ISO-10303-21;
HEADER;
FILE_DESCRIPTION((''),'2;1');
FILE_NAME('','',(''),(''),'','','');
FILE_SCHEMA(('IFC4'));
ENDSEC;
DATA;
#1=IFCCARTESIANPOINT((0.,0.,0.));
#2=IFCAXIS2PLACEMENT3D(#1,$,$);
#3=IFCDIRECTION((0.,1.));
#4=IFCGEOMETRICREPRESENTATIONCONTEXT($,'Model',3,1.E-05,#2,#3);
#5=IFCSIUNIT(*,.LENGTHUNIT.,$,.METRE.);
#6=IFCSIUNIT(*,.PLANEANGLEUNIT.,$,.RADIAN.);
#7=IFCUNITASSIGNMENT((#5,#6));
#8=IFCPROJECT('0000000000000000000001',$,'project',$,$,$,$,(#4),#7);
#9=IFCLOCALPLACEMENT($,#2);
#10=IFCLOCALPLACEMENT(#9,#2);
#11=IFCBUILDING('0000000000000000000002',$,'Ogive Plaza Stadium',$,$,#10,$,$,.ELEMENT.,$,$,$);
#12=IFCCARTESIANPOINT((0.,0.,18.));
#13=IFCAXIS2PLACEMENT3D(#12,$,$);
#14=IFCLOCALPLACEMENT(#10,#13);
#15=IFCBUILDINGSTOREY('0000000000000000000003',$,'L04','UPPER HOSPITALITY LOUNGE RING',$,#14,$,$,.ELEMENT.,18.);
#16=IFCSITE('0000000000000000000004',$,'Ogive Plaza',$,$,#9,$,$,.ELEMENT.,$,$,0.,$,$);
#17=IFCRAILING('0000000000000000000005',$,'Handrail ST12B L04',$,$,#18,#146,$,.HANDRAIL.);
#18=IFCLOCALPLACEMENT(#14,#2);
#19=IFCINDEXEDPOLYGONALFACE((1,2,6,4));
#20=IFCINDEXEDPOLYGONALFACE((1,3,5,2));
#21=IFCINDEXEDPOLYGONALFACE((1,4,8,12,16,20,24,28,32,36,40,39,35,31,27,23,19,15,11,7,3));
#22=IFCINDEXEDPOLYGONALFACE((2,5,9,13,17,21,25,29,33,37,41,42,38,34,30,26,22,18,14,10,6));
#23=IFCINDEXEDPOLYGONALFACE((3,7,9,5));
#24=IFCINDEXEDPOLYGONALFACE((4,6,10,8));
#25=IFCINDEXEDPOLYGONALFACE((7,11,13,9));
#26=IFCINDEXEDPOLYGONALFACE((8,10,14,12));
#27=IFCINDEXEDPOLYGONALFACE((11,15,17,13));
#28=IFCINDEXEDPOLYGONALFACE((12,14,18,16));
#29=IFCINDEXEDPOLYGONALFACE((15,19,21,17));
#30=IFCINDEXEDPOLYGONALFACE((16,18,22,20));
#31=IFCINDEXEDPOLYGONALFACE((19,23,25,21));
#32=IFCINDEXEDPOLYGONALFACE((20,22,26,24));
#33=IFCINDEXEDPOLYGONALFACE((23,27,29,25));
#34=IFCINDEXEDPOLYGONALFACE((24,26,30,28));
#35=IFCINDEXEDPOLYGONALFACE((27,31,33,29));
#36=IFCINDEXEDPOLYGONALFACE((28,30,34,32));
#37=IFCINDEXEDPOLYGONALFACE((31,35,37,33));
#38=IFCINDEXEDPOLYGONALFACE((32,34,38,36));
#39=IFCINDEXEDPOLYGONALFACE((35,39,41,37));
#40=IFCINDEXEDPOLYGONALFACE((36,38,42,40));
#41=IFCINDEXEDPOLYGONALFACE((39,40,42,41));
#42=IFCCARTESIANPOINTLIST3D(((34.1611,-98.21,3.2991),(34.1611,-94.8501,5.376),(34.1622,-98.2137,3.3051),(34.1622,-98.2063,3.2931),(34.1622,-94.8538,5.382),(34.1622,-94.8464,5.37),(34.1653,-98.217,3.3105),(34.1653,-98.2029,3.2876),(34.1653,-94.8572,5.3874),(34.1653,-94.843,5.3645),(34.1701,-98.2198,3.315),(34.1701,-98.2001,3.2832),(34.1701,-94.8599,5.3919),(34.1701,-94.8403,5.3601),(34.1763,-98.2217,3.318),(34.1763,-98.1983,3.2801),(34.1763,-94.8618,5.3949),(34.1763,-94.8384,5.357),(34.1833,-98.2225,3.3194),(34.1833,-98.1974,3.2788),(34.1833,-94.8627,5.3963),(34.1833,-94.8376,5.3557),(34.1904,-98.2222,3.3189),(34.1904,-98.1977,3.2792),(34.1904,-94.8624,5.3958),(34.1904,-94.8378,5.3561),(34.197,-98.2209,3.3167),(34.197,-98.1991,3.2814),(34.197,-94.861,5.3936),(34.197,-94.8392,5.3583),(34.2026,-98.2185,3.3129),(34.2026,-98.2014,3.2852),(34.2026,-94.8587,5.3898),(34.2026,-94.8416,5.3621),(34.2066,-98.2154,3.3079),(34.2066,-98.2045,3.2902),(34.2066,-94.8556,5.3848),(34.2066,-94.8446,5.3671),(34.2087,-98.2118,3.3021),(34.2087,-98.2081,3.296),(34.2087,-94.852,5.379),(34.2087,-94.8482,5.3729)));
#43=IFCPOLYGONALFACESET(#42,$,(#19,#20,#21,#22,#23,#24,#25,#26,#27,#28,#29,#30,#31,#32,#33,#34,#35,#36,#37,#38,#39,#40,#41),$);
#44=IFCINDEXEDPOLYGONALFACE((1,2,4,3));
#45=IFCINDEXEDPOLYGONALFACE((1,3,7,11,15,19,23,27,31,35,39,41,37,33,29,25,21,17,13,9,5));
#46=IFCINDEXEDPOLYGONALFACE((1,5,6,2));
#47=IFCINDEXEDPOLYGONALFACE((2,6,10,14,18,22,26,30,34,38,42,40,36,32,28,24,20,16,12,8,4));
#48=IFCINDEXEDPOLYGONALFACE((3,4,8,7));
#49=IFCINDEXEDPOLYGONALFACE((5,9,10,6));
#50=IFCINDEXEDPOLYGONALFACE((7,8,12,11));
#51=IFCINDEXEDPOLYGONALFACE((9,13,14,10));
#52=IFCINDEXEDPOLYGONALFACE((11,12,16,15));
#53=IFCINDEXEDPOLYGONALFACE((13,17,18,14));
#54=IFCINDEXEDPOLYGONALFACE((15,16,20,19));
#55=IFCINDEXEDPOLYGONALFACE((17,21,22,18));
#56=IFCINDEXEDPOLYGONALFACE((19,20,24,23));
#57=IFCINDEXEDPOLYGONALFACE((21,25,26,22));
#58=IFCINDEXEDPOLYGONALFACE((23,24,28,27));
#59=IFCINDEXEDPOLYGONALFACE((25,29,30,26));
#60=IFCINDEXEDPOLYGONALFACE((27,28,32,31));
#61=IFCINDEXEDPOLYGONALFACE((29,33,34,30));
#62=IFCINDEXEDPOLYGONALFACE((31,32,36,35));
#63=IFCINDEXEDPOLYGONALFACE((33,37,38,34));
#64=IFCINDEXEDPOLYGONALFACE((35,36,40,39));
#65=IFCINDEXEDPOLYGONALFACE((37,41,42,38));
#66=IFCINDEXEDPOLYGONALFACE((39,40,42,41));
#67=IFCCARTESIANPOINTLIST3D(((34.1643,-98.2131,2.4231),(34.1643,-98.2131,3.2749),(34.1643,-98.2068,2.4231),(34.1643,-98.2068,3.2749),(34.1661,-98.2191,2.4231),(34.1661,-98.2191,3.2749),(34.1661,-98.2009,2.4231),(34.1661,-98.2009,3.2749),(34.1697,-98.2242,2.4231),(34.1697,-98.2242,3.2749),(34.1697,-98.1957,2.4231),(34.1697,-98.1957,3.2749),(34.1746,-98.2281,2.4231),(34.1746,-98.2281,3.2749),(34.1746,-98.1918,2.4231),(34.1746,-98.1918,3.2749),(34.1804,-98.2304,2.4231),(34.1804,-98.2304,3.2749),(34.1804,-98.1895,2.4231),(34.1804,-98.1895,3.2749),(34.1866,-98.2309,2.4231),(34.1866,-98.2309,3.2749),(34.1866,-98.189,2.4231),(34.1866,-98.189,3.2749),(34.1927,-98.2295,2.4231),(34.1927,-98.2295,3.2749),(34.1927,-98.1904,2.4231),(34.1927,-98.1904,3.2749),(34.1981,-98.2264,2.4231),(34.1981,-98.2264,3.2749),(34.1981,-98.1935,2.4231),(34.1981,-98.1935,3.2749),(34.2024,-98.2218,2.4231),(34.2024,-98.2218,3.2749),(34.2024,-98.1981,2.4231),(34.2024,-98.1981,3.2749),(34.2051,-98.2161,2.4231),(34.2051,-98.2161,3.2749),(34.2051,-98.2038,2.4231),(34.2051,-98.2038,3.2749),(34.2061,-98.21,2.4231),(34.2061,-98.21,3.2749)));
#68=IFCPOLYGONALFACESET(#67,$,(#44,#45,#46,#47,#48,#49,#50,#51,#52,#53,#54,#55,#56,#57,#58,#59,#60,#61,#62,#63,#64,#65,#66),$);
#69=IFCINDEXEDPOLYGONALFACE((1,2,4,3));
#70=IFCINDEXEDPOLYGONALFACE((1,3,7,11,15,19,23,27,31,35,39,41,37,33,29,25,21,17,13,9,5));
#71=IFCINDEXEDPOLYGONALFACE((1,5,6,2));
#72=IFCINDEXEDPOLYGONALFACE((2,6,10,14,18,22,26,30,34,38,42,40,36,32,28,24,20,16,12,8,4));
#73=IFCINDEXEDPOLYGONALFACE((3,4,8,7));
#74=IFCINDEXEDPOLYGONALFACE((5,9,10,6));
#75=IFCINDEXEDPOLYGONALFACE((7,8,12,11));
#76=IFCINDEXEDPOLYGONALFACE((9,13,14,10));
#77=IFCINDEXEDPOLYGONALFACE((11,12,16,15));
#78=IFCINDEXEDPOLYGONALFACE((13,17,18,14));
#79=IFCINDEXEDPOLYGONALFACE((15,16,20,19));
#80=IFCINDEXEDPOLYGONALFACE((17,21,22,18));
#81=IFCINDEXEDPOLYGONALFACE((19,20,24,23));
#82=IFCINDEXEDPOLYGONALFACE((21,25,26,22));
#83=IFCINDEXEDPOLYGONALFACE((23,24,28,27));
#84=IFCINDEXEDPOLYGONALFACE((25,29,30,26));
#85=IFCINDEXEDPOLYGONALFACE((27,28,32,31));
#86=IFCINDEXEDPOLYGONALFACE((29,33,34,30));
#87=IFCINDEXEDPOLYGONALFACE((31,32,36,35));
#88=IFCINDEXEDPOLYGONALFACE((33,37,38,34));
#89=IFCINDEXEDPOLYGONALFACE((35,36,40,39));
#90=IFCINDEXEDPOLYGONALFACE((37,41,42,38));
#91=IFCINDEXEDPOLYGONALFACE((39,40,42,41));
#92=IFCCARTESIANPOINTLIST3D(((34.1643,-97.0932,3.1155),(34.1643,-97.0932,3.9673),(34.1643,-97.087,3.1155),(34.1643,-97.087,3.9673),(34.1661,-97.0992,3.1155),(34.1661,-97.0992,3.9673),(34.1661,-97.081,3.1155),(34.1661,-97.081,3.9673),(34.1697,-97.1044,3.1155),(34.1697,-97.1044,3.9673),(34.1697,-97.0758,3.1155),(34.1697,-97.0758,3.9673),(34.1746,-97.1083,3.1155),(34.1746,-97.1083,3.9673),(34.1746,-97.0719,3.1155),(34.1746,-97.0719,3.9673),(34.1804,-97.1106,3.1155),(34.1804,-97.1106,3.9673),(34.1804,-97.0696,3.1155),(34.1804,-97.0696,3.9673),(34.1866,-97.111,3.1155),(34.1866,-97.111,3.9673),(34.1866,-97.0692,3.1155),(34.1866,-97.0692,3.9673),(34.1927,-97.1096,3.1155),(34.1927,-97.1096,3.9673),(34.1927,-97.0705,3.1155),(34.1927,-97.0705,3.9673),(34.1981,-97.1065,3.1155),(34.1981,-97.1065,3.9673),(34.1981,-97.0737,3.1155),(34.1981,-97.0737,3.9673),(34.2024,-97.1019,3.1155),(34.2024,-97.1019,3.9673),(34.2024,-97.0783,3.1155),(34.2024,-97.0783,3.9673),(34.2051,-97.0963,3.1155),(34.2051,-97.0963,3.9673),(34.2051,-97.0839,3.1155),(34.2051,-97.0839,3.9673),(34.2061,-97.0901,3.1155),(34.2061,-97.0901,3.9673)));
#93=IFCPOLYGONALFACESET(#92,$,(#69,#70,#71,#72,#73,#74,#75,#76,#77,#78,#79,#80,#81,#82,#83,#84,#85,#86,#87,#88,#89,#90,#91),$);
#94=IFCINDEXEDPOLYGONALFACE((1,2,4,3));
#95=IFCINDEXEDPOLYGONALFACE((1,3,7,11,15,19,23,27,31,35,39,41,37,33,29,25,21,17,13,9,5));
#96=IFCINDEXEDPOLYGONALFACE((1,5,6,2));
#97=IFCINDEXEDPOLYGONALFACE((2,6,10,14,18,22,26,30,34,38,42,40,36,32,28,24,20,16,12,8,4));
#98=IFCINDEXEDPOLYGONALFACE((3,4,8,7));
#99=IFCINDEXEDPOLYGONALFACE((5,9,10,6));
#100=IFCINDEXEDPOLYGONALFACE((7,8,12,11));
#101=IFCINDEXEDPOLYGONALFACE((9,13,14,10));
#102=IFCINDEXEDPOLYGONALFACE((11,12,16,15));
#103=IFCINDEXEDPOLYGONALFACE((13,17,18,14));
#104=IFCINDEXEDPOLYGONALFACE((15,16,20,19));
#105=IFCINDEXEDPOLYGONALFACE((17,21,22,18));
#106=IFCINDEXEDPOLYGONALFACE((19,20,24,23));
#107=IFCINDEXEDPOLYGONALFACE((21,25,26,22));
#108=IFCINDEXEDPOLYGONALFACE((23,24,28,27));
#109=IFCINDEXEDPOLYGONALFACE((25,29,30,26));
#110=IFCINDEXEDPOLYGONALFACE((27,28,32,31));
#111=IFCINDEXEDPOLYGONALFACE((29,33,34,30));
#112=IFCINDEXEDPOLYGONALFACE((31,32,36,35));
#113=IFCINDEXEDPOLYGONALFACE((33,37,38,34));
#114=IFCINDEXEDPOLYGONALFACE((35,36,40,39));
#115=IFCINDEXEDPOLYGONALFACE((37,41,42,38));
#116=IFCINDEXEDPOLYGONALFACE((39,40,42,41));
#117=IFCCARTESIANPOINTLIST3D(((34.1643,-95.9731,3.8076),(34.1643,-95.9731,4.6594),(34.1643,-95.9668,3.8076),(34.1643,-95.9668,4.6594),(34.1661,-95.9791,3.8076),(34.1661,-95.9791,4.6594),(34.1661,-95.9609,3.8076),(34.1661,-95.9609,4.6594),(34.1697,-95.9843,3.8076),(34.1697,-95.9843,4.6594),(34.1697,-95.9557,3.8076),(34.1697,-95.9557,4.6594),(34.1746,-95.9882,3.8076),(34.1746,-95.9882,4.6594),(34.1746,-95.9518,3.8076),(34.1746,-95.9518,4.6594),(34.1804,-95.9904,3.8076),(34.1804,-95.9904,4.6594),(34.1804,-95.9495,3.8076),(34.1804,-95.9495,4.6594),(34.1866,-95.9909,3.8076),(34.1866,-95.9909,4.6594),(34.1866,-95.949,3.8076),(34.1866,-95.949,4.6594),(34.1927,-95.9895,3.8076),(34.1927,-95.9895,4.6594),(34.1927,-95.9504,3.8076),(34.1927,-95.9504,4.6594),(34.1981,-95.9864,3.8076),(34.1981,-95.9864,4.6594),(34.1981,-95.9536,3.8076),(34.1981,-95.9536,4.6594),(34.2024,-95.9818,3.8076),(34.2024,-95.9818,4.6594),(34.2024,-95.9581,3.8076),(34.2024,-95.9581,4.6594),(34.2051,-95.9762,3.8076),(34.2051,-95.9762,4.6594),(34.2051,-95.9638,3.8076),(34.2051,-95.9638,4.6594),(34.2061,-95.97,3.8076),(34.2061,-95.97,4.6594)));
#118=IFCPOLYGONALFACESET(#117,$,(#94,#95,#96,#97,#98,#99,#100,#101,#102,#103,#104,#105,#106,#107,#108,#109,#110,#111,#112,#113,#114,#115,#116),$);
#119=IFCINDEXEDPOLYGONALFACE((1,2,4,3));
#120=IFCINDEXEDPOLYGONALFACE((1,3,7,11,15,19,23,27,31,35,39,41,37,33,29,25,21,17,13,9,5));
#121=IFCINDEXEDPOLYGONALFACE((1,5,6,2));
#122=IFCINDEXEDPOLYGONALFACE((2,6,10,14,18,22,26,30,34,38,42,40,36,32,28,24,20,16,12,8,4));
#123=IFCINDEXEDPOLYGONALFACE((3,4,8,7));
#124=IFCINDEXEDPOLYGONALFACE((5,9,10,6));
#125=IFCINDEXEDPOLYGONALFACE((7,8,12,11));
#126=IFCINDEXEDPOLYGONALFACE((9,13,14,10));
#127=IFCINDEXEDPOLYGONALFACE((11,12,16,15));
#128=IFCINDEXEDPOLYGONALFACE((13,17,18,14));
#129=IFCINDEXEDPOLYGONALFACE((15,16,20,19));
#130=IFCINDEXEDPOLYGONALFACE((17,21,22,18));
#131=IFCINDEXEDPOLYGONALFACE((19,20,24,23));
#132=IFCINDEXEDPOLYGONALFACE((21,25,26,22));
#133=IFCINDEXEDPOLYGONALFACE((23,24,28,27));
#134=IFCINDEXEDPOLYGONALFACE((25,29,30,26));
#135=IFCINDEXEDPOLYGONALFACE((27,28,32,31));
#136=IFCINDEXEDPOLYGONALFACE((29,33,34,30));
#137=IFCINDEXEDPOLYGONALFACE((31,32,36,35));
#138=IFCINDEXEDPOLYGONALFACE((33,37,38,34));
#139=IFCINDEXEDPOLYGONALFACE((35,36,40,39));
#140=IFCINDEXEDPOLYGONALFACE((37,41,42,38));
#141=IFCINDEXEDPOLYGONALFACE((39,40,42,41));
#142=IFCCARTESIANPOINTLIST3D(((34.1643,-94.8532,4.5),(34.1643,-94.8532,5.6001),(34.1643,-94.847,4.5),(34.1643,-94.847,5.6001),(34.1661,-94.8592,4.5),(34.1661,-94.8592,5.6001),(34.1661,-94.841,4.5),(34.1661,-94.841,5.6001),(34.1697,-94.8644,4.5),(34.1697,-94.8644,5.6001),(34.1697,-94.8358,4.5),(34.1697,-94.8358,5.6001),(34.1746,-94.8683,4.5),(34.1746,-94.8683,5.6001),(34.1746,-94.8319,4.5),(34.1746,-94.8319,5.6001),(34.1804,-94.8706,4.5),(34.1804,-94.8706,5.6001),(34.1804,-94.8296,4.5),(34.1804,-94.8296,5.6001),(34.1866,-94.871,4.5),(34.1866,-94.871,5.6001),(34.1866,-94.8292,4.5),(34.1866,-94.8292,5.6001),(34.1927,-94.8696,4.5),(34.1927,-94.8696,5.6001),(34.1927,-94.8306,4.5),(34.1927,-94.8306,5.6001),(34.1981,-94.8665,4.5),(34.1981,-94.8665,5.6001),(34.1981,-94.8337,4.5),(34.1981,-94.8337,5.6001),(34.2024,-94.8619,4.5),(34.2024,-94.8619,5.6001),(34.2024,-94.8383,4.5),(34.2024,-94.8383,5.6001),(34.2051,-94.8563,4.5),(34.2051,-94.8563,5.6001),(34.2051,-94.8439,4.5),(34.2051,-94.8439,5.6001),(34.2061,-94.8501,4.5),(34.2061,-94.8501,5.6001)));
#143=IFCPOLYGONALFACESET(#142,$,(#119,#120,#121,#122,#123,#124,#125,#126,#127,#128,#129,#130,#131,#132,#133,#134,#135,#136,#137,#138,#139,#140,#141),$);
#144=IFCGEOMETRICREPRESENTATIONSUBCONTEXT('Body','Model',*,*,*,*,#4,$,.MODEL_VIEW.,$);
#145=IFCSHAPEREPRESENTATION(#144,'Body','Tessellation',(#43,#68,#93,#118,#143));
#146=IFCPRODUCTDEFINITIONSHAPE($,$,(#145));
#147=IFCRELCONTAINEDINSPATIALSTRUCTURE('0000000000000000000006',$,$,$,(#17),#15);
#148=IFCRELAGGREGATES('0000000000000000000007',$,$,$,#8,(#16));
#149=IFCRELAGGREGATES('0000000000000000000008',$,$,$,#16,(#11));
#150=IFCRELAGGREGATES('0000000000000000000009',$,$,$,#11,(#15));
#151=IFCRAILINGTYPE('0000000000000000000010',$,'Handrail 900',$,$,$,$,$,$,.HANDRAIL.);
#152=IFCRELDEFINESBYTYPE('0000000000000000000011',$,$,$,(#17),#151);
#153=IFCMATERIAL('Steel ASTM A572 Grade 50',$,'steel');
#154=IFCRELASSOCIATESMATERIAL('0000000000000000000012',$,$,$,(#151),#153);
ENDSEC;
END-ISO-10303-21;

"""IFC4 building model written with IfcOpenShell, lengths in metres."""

from ifc_helpers import new_model, si_unit, direction, frame, origin, origin_2d, place, context, subcontext, project, spatial, circle, extrude, material, type_object, element, save


model = new_model("IFC4")

# Units and contexts
model_context = context("Model", 3, precision=1e-05, world=origin(), true_north=direction((0.0, 1.0)))
body_context = subcontext(model_context, "Body", "Model", "MODEL_VIEW")
ifc_project = project(units=[si_unit("LENGTHUNIT", "METRE"), si_unit("PLANEANGLEUNIT", "RADIAN")], contexts=[model_context])

# Site, building, storey
site_placement = place(None, origin())
site = spatial("IfcSite", under=ifc_project, at=site_placement, Name="Ogive Plaza", CompositionType="ELEMENT", RefElevation=0.0)
building_placement = place(site_placement, origin())
building = spatial("IfcBuilding", under=site, at=building_placement, Name="Ogive Plaza Stadium", CompositionType="ELEMENT")
storey_placement = place(building_placement, frame((0.0, 0.0, 18.0)))
storey = spatial("IfcBuildingStorey", under=building, at=storey_placement, Name="L04", Description="UPPER HOSPITALITY LOUNGE RING", CompositionType="ELEMENT", Elevation=18.0)

# Railing
ifc_material_1 = material(Name="Steel ASTM A572 Grade 50", Category="steel")
railing_type_1 = type_object("IfcRailingType", Name="Handrail 900", PredefinedType="HANDRAIL", material=ifc_material_1)
for number, where, name in (
    (1, (34.1851, -98.21, 2.4231), "Handrail ST12B L04"),
):
    element("IfcRailing", number, at=place(storey_placement, frame(where)), inside=storey, type_object=railing_type_1, Name=name, PredefinedType="HANDRAIL", context=body_context, shape_type="SweptSolid", body=[
        extrude(circle(Radius=0.0239, at=origin_2d()), frame((0.0, 0.0, 0.876), z_axis=(0.0, 0.850606, 0.525803), x_axis=(-1.0, 0.0, 0.0)), (0.0, 0.0, 1.0), 3.95),
        extrude(circle(Radius=0.021, at=origin_2d()), origin(), (0.0, 0.0, 1.0), 0.8518),
        extrude(circle(Radius=0.021, at=origin_2d()), frame((0.0, 1.1199, 0.6924)), (0.0, 0.0, 1.0), 0.8518),
        extrude(circle(Radius=0.021, at=origin_2d()), frame((0.0, 2.24, 1.3845)), (0.0, 0.0, 1.0), 0.8518),
        extrude(circle(Radius=0.021, at=origin_2d()), frame((0.0, 3.3599, 2.0769)), (0.0, 0.0, 1.0), 1.1001),
    ])

save(model, "model.ifc")
